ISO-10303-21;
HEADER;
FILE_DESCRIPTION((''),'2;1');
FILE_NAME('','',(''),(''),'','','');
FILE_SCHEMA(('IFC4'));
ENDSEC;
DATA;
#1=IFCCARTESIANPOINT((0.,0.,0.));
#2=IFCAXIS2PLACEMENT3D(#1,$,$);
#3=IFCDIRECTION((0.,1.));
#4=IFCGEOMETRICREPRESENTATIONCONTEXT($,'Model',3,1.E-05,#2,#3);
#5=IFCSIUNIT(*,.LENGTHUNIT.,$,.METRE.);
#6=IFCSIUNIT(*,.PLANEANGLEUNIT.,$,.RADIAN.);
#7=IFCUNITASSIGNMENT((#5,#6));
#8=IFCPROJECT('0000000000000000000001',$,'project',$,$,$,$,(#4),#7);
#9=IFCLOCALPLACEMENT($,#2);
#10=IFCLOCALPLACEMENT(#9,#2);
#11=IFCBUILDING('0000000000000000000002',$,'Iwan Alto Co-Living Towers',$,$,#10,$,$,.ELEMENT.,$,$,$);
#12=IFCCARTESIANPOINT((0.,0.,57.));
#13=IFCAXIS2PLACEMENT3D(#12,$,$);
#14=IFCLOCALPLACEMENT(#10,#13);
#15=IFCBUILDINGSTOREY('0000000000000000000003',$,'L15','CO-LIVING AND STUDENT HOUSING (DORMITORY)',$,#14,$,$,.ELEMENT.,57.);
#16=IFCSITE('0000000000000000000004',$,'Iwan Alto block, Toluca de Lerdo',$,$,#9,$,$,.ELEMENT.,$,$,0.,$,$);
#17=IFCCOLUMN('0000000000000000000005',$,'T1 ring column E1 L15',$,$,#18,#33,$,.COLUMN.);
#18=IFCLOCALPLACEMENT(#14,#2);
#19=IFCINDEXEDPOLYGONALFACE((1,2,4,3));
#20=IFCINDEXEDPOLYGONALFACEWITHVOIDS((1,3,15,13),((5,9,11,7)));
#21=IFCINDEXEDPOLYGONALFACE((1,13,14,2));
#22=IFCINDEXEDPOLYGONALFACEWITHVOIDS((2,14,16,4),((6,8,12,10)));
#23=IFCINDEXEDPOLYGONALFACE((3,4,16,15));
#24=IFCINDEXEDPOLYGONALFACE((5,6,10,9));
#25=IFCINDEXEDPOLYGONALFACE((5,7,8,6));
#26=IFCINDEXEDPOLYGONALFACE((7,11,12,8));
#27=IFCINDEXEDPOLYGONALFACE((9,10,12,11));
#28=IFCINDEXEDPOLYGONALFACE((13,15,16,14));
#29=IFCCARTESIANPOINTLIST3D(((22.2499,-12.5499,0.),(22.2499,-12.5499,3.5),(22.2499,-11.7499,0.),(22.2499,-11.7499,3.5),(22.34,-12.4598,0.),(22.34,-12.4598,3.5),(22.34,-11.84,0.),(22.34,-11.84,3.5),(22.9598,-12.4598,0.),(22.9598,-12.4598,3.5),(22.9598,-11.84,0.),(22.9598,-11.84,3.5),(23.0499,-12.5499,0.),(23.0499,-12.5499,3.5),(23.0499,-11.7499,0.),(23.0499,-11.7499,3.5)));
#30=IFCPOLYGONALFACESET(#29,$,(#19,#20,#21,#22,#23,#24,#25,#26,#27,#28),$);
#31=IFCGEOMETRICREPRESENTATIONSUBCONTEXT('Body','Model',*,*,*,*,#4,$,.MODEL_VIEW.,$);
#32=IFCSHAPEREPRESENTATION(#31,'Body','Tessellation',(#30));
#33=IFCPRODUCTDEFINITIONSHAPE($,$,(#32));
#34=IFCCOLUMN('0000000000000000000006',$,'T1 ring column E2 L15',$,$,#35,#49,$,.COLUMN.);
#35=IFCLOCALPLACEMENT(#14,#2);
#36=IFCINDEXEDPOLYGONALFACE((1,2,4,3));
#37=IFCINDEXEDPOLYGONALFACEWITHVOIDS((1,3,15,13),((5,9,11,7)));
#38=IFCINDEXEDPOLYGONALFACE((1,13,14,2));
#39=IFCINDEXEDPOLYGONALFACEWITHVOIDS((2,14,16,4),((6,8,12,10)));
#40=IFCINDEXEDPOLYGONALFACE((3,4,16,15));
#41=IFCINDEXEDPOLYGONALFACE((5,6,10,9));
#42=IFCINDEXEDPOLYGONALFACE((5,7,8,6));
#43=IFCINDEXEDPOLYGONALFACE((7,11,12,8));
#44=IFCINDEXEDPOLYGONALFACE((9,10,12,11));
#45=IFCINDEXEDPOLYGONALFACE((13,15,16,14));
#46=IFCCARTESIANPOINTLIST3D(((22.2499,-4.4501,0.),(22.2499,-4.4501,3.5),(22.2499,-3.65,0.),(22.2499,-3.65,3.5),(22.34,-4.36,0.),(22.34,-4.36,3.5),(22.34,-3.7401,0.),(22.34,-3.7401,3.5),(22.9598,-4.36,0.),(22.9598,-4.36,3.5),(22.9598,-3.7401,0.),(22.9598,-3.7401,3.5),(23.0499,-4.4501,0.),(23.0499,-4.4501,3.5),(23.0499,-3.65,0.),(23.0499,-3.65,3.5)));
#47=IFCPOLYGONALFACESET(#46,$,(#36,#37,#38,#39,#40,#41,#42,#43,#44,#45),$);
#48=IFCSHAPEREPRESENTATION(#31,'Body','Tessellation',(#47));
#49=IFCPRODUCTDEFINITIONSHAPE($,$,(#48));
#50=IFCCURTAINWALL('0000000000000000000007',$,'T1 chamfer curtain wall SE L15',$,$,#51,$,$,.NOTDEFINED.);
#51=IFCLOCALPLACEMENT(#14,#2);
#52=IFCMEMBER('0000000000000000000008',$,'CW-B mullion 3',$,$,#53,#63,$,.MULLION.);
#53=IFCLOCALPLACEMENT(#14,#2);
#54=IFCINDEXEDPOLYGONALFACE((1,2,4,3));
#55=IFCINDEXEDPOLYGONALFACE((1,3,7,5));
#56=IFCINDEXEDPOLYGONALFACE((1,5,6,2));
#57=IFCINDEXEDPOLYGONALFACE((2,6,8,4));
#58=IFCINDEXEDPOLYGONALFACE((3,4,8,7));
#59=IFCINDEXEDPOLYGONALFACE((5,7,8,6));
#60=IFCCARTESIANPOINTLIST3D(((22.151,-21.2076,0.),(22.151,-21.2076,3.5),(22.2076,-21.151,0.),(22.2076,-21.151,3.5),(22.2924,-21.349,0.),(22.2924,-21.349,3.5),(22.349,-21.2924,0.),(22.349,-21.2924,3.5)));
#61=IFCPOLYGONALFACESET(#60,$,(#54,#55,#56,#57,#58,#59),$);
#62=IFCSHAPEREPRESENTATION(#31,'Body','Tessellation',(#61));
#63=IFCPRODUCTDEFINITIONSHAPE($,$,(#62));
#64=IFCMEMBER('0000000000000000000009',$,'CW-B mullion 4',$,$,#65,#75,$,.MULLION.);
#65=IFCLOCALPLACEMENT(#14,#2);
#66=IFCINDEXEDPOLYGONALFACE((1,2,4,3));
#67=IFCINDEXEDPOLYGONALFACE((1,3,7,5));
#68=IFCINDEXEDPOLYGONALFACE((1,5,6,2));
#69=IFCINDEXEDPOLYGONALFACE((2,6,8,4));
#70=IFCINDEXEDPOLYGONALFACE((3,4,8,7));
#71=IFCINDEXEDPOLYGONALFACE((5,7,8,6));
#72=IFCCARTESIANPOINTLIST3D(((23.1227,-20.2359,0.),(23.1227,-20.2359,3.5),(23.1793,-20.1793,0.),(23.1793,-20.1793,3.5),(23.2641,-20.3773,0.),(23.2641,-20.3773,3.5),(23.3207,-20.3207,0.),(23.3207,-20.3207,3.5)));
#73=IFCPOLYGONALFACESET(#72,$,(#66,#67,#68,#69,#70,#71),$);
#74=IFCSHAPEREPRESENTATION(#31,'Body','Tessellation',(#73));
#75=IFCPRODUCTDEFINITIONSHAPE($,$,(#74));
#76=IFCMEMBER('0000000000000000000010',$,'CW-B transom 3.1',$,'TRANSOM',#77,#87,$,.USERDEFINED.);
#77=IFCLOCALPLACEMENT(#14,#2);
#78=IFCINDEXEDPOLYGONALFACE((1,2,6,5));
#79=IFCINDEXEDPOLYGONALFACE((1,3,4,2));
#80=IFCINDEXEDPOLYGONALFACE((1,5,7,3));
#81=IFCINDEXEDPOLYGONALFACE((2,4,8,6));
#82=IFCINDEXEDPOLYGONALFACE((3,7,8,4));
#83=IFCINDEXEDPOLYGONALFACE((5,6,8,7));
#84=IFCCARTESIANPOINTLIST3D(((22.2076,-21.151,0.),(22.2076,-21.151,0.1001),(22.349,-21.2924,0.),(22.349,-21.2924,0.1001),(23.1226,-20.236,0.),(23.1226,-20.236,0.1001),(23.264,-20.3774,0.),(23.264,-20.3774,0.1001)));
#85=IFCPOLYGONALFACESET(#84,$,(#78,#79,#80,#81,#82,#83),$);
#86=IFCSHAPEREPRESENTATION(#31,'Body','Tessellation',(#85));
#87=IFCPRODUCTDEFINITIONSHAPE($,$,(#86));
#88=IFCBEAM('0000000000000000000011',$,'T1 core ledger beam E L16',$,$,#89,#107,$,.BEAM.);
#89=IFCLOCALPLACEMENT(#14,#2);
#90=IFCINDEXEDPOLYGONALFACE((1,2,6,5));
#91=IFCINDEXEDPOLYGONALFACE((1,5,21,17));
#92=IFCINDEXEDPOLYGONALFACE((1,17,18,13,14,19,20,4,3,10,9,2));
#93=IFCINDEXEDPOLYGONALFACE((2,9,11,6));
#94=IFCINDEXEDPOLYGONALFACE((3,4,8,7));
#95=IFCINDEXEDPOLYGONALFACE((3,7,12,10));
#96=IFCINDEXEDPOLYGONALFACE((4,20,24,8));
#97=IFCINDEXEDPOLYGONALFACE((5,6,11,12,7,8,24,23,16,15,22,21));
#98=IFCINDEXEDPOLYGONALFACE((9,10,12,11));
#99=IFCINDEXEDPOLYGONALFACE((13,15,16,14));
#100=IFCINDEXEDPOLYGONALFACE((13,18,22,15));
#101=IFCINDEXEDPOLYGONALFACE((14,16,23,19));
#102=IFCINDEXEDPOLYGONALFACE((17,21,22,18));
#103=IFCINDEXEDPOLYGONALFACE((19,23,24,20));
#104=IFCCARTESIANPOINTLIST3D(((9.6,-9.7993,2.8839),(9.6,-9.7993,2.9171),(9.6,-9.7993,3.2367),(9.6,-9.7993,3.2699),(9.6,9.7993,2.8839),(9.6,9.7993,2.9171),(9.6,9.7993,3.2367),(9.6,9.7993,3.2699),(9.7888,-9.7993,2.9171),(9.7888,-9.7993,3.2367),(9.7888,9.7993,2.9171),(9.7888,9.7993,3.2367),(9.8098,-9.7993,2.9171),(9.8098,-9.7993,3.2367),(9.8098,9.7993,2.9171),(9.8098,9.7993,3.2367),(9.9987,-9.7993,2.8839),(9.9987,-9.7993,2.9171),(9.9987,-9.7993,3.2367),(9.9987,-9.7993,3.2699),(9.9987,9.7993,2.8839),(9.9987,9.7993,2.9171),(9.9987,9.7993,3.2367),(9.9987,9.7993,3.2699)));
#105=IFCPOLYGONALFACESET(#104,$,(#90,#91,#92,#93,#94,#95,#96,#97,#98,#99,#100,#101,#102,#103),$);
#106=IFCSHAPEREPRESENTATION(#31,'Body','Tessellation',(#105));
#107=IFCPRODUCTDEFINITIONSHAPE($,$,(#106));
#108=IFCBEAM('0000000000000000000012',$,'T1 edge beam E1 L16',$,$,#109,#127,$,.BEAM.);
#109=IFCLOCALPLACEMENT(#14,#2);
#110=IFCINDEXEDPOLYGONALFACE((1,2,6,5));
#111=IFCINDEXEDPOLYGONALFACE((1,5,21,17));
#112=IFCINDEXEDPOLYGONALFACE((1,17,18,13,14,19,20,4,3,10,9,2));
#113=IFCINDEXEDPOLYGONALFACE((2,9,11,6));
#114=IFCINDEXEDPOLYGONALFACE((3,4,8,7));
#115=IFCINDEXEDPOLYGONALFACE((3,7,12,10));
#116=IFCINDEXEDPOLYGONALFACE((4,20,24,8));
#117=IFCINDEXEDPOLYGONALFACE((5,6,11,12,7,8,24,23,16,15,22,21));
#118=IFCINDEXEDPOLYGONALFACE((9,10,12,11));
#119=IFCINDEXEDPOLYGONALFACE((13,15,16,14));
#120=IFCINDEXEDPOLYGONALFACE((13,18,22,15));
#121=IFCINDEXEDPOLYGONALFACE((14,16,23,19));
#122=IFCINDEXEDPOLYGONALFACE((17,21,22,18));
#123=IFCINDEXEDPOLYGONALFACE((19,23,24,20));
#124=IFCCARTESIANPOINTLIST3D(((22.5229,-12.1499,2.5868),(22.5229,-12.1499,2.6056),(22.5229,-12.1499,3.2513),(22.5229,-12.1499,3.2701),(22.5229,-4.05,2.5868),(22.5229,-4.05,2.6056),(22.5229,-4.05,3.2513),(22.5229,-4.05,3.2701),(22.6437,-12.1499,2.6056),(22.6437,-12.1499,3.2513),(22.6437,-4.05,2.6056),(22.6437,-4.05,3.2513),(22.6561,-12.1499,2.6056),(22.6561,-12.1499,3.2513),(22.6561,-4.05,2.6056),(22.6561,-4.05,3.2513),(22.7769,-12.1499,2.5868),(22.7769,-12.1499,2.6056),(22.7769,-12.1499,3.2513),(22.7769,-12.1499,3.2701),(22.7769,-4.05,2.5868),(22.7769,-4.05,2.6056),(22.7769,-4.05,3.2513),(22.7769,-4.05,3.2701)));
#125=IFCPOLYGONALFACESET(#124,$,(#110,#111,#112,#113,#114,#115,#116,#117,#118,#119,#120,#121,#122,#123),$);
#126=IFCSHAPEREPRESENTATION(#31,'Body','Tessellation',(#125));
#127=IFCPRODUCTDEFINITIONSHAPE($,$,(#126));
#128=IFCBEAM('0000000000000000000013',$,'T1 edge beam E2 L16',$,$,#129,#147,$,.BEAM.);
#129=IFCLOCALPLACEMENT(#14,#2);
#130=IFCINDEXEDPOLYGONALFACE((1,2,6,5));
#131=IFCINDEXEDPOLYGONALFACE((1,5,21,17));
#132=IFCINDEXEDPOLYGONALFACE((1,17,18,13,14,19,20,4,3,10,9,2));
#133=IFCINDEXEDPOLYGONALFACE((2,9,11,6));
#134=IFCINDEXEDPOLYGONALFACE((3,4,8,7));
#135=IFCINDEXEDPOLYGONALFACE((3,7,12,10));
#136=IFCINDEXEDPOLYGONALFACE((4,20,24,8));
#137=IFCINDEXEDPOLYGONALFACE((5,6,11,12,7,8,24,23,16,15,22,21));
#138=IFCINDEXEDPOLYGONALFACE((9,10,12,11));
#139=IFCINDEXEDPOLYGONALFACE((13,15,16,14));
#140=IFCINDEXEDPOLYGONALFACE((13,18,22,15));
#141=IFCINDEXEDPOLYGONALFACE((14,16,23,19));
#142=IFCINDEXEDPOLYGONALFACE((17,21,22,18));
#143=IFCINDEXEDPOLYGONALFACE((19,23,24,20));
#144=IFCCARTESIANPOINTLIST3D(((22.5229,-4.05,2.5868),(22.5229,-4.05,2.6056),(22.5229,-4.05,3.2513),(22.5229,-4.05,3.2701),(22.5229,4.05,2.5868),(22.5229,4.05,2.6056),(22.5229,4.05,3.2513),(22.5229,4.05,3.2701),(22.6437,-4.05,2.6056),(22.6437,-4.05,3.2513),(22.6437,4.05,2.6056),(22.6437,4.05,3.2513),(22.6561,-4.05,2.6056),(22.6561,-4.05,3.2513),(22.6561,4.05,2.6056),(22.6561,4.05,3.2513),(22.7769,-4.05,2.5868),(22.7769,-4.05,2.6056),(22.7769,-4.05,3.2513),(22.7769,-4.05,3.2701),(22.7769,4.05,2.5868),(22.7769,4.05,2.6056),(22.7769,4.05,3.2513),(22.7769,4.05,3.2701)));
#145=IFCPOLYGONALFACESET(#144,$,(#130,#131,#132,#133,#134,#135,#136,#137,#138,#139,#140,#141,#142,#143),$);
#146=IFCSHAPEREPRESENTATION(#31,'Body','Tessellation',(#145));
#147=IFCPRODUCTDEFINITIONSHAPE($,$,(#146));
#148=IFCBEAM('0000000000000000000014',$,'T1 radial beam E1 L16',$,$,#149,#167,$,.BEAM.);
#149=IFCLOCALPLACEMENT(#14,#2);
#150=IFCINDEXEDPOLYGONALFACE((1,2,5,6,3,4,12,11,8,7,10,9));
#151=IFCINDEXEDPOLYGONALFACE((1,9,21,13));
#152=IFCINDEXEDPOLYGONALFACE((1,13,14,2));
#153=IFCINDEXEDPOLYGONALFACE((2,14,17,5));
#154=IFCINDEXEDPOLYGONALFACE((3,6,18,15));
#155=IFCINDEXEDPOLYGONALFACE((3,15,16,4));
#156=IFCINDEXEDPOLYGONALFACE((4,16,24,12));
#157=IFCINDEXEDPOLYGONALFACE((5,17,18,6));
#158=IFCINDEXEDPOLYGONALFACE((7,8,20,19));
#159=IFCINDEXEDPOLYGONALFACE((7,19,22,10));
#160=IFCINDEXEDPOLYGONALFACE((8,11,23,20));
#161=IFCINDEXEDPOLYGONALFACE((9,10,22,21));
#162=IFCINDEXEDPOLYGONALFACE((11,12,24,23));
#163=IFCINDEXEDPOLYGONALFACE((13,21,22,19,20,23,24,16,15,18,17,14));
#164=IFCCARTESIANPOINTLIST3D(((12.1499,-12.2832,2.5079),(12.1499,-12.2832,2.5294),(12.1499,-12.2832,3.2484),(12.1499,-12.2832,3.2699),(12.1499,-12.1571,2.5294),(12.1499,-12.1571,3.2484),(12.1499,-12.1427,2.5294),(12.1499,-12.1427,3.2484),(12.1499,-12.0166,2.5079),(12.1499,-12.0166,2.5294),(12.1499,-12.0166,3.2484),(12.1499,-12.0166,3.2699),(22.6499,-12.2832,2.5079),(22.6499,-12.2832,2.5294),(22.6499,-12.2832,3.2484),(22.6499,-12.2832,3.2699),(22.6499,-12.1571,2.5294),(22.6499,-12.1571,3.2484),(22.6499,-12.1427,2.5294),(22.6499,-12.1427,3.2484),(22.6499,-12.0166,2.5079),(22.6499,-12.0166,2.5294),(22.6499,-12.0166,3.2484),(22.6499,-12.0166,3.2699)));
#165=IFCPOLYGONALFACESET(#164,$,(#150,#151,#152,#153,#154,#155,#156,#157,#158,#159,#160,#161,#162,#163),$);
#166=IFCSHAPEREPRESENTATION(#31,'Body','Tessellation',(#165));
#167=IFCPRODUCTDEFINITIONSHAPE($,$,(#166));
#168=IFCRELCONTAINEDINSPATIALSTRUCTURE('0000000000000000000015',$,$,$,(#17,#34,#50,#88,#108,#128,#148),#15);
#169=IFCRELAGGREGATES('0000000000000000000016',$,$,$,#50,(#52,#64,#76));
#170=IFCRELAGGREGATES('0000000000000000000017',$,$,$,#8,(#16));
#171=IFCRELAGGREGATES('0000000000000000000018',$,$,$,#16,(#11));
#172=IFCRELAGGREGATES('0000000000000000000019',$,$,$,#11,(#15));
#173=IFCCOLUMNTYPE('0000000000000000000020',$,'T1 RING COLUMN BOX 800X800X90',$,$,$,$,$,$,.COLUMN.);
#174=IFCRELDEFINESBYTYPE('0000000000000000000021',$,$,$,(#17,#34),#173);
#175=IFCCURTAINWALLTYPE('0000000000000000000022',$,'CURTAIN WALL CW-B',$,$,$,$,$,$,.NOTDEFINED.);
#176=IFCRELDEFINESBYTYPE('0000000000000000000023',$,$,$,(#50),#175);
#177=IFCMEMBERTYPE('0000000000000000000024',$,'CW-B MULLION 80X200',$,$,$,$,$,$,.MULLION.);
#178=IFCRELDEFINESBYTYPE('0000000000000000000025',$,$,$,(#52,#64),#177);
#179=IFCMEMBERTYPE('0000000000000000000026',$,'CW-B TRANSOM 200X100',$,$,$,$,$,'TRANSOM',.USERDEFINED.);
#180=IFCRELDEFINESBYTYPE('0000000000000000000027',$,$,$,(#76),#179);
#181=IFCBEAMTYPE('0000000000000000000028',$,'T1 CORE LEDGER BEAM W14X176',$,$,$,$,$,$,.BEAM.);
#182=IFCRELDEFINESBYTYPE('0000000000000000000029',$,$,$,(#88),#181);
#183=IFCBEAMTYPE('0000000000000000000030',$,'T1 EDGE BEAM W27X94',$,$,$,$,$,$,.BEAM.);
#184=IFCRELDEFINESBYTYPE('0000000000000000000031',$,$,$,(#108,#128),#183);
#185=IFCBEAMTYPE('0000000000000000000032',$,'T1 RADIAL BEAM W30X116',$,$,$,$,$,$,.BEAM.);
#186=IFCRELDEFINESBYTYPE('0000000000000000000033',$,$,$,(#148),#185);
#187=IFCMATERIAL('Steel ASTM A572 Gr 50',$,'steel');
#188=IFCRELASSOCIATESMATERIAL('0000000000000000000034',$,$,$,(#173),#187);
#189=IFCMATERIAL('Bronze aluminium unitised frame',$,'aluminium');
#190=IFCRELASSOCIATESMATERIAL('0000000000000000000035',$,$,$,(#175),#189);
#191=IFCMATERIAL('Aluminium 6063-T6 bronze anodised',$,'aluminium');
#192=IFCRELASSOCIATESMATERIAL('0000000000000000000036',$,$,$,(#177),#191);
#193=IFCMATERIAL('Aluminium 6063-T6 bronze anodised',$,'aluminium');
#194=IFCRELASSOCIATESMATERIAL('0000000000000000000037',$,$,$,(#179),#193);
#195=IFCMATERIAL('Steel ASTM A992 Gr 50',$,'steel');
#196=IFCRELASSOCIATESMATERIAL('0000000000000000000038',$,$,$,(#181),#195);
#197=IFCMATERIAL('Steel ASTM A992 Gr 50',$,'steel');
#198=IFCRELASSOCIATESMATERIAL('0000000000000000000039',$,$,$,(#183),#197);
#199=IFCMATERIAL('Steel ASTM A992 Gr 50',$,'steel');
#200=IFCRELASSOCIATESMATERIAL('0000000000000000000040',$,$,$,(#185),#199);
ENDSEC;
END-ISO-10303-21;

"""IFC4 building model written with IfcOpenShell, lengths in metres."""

from ifc_helpers import new_model, si_unit, direction, frame, origin, origin_2d, place, context, subcontext, project, spatial, rectangle, hollow_rectangle, i_section, extrude, material, material_profile, profile_set, type_object, element, aggregate, save


model = new_model("IFC4")

# Units and contexts
model_context = context("Model", 3, precision=1e-05, world=origin(), true_north=direction((0.0, 1.0)))
body_context = subcontext(model_context, "Body", "Model", "MODEL_VIEW")
ifc_project = project(units=[si_unit("LENGTHUNIT", "METRE"), si_unit("PLANEANGLEUNIT", "RADIAN")], contexts=[model_context])

# Site, building, storey
site_placement = place(None, origin())
site = spatial("IfcSite", under=ifc_project, at=site_placement, Name="Iwan Alto block, Toluca de Lerdo", CompositionType="ELEMENT", RefElevation=0.0)
building_placement = place(site_placement, origin())
building = spatial("IfcBuilding", under=site, at=building_placement, Name="Iwan Alto Co-Living Towers", CompositionType="ELEMENT")
storey_placement = place(building_placement, frame((0.0, 0.0, 57.0)))
storey = spatial("IfcBuildingStorey", under=building, at=storey_placement, Name="L15", Description="CO-LIVING AND STUDENT HOUSING (DORMITORY)", CompositionType="ELEMENT", Elevation=57.0)

# Columns
ifc_material_1 = material(Name="Steel ASTM A572 Gr 50", Category="steel")
ifc_material_profile_1 = material_profile(ifc_material_1, hollow_rectangle(XDim=0.8, YDim=0.8, WallThickness=0.0901, at=origin_2d()), Name="BOX 800X800X90")
ifc_profile_set_1 = profile_set([ifc_material_profile_1], Name="Steel ASTM A572 Gr 50")
column_type = type_object("IfcColumnType", Name="T1 RING COLUMN BOX 800X800X90", PredefinedType="COLUMN", material=ifc_profile_set_1)
for number, where, z_axis, x_axis, name in (
    (1, (22.6499, -12.1499, 0.0), (0.0, 0.0, 1.0), (1.0, 0.0, 0.0), "T1 ring column E1 L15"),
    (2, (22.6499, -4.05, 0.0), (0.0, 0.0, 1.0), (1.0, 0.0, 0.0), "T1 ring column E2 L15"),
):
    element("IfcColumn", number, at=place(storey_placement, frame(where, z_axis=z_axis, x_axis=x_axis)), inside=storey, type_object=column_type, Name=name, PredefinedType="COLUMN", context=body_context, shape_type="SweptSolid", body=[
        extrude(hollow_rectangle(XDim=0.8, YDim=0.8, WallThickness=0.0901, at=origin_2d()), origin(), (0.0, 0.0, 1.0), 3.5),
    ])

# Curtain wall, members
ifc_material_2 = material(Name="Bronze aluminium unitised frame", Category="aluminium")
curtain_wall_type = type_object("IfcCurtainWallType", Name="CURTAIN WALL CW-B", PredefinedType="NOTDEFINED", material=ifc_material_2)
curtain_wall_placement = place(storey_placement, origin())
curtain_wall = element("IfcCurtainWall", 3, at=curtain_wall_placement, inside=storey, type_object=curtain_wall_type, Name="T1 chamfer curtain wall SE L15", PredefinedType="NOTDEFINED")
ifc_material_3 = material(Name="Aluminium 6063-T6 bronze anodised", Category="aluminium")
ifc_material_profile_2 = material_profile(ifc_material_3, rectangle(XDim=0.2, YDim=0.0801, at=origin_2d()), Name="AL 80X200")
ifc_profile_set_2 = profile_set([ifc_material_profile_2], Name="Aluminium 6063-T6 bronze anodised")
member_type_1 = type_object("IfcMemberType", Name="CW-B MULLION 80X200", PredefinedType="MULLION", material=ifc_profile_set_2)
member_1_placement = place(storey_placement, frame((22.25, -21.25, 0.0), z_axis=(0.0, 0.0, 1.0), x_axis=(-0.707107, 0.707107, 0.0)))
member_1 = element("IfcMember", 4, at=member_1_placement, type_object=member_type_1, Name="CW-B mullion 3", PredefinedType="MULLION", context=body_context, shape_type="SweptSolid", body=[
    extrude(rectangle(XDim=0.2, YDim=0.0801, at=origin_2d()), origin(), (0.0, 0.0, 1.0), 3.5),
])
member_2_placement = place(storey_placement, frame((23.2217, -20.2783, 0.0), z_axis=(0.0, 0.0, 1.0), x_axis=(-0.707107, 0.707107, 0.0)))
member_2 = element("IfcMember", 5, at=member_2_placement, type_object=member_type_1, Name="CW-B mullion 4", PredefinedType="MULLION", context=body_context, shape_type="SweptSolid", body=[
    extrude(rectangle(XDim=0.2, YDim=0.0801, at=origin_2d()), origin(), (0.0, 0.0, 1.0), 3.5),
])
ifc_material_4 = material(Name="Aluminium 6063-T6 bronze anodised", Category="aluminium")
ifc_material_profile_3 = material_profile(ifc_material_4, rectangle(XDim=0.2, YDim=0.1001, at=origin_2d()), Name="AL 200X100")
ifc_profile_set_3 = profile_set([ifc_material_profile_3], Name="Aluminium 6063-T6 bronze anodised")
member_type_2 = type_object("IfcMemberType", Name="CW-B TRANSOM 200X100", ElementType="TRANSOM", PredefinedType="USERDEFINED", material=ifc_profile_set_3)
member_3_placement = place(storey_placement, frame((22.2783, -21.2217, 0.05), z_axis=(0.707107, 0.707107, 0.0), x_axis=(-0.707107, 0.707107, 0.0)))
member_3 = element("IfcMember", 6, at=member_3_placement, type_object=member_type_2, Name="CW-B transom 3.1", ObjectType="TRANSOM", PredefinedType="USERDEFINED", context=body_context, shape_type="SweptSolid", body=[
    extrude(rectangle(XDim=0.2, YDim=0.1001, at=origin_2d()), origin(), (0.0, 0.0, 1.0), 1.2939),
])

# Beams
ifc_material_5 = material(Name="Steel ASTM A992 Gr 50", Category="steel")
ifc_material_profile_4 = material_profile(ifc_material_5, i_section(OverallWidth=0.3987, OverallDepth=0.386, WebThickness=0.021, FlangeThickness=0.0332, at=origin_2d()), Name="W14X176")
ifc_profile_set_4 = profile_set([ifc_material_profile_4], Name="Steel ASTM A992 Gr 50")
beam_type_1 = type_object("IfcBeamType", Name="T1 CORE LEDGER BEAM W14X176", PredefinedType="BEAM", material=ifc_profile_set_4)
beam_1_placement = place(storey_placement, frame((9.7993, -9.7993, 3.0769), z_axis=(0.0, 1.0, 0.0), x_axis=(-1.0, 0.0, 0.0)))
element("IfcBeam", 7, at=beam_1_placement, inside=storey, type_object=beam_type_1, Name="T1 core ledger beam E L16", PredefinedType="BEAM", context=body_context, shape_type="SweptSolid", body=[
    extrude(i_section(OverallWidth=0.3987, OverallDepth=0.386, WebThickness=0.021, FlangeThickness=0.0332, at=origin_2d()), origin(), (0.0, 0.0, 1.0), 19.5986),
])
ifc_material_6 = material(Name="Steel ASTM A992 Gr 50", Category="steel")
ifc_material_profile_5 = material_profile(ifc_material_6, i_section(OverallWidth=0.2539, OverallDepth=0.6833, WebThickness=0.0125, FlangeThickness=0.0188, at=origin_2d()), Name="W27X94")
ifc_profile_set_5 = profile_set([ifc_material_profile_5], Name="Steel ASTM A992 Gr 50")
beam_type_2 = type_object("IfcBeamType", Name="T1 EDGE BEAM W27X94", PredefinedType="BEAM", material=ifc_profile_set_5)
beam_2_placement = place(storey_placement, frame((22.6499, -12.1499, 2.9285), z_axis=(0.0, 1.0, 0.0), x_axis=(-1.0, 0.0, 0.0)))
element("IfcBeam", 8, at=beam_2_placement, inside=storey, type_object=beam_type_2, Name="T1 edge beam E1 L16", PredefinedType="BEAM", context=body_context, shape_type="SweptSolid", body=[
    extrude(i_section(OverallWidth=0.2539, OverallDepth=0.6833, WebThickness=0.0125, FlangeThickness=0.0188, at=origin_2d()), origin(), (0.0, 0.0, 1.0), 8.0999),
])
beam_3_placement = place(storey_placement, frame((22.6499, -4.05, 2.9285), z_axis=(0.0, 1.0, 0.0), x_axis=(-1.0, 0.0, 0.0)))
element("IfcBeam", 9, at=beam_3_placement, inside=storey, type_object=beam_type_2, Name="T1 edge beam E2 L16", PredefinedType="BEAM", context=body_context, shape_type="SweptSolid", body=[
    extrude(i_section(OverallWidth=0.2539, OverallDepth=0.6833, WebThickness=0.0125, FlangeThickness=0.0188, at=origin_2d()), origin(), (0.0, 0.0, 1.0), 8.1001),
])
ifc_material_7 = material(Name="Steel ASTM A992 Gr 50", Category="steel")
ifc_material_profile_6 = material_profile(ifc_material_7, i_section(OverallWidth=0.2666, OverallDepth=0.762, WebThickness=0.0144, FlangeThickness=0.0215, at=origin_2d()), Name="W30X116")
ifc_profile_set_6 = profile_set([ifc_material_profile_6], Name="Steel ASTM A992 Gr 50")
beam_type_3 = type_object("IfcBeamType", Name="T1 RADIAL BEAM W30X116", PredefinedType="BEAM", material=ifc_profile_set_6)
beam_4_placement = place(storey_placement, frame((22.6499, -12.1499, 2.8889), z_axis=(-1.0, 0.0, 0.0), x_axis=(0.0, -1.0, 0.0)))
element("IfcBeam", 10, at=beam_4_placement, inside=storey, type_object=beam_type_3, Name="T1 radial beam E1 L16", PredefinedType="BEAM", context=body_context, shape_type="SweptSolid", body=[
    extrude(i_section(OverallWidth=0.2666, OverallDepth=0.762, WebThickness=0.0144, FlangeThickness=0.0215, at=origin_2d()), origin(), (0.0, 0.0, 1.0), 10.5),
])

aggregate(curtain_wall, [member_1, member_2, member_3])

save(model, "model.ifc")
